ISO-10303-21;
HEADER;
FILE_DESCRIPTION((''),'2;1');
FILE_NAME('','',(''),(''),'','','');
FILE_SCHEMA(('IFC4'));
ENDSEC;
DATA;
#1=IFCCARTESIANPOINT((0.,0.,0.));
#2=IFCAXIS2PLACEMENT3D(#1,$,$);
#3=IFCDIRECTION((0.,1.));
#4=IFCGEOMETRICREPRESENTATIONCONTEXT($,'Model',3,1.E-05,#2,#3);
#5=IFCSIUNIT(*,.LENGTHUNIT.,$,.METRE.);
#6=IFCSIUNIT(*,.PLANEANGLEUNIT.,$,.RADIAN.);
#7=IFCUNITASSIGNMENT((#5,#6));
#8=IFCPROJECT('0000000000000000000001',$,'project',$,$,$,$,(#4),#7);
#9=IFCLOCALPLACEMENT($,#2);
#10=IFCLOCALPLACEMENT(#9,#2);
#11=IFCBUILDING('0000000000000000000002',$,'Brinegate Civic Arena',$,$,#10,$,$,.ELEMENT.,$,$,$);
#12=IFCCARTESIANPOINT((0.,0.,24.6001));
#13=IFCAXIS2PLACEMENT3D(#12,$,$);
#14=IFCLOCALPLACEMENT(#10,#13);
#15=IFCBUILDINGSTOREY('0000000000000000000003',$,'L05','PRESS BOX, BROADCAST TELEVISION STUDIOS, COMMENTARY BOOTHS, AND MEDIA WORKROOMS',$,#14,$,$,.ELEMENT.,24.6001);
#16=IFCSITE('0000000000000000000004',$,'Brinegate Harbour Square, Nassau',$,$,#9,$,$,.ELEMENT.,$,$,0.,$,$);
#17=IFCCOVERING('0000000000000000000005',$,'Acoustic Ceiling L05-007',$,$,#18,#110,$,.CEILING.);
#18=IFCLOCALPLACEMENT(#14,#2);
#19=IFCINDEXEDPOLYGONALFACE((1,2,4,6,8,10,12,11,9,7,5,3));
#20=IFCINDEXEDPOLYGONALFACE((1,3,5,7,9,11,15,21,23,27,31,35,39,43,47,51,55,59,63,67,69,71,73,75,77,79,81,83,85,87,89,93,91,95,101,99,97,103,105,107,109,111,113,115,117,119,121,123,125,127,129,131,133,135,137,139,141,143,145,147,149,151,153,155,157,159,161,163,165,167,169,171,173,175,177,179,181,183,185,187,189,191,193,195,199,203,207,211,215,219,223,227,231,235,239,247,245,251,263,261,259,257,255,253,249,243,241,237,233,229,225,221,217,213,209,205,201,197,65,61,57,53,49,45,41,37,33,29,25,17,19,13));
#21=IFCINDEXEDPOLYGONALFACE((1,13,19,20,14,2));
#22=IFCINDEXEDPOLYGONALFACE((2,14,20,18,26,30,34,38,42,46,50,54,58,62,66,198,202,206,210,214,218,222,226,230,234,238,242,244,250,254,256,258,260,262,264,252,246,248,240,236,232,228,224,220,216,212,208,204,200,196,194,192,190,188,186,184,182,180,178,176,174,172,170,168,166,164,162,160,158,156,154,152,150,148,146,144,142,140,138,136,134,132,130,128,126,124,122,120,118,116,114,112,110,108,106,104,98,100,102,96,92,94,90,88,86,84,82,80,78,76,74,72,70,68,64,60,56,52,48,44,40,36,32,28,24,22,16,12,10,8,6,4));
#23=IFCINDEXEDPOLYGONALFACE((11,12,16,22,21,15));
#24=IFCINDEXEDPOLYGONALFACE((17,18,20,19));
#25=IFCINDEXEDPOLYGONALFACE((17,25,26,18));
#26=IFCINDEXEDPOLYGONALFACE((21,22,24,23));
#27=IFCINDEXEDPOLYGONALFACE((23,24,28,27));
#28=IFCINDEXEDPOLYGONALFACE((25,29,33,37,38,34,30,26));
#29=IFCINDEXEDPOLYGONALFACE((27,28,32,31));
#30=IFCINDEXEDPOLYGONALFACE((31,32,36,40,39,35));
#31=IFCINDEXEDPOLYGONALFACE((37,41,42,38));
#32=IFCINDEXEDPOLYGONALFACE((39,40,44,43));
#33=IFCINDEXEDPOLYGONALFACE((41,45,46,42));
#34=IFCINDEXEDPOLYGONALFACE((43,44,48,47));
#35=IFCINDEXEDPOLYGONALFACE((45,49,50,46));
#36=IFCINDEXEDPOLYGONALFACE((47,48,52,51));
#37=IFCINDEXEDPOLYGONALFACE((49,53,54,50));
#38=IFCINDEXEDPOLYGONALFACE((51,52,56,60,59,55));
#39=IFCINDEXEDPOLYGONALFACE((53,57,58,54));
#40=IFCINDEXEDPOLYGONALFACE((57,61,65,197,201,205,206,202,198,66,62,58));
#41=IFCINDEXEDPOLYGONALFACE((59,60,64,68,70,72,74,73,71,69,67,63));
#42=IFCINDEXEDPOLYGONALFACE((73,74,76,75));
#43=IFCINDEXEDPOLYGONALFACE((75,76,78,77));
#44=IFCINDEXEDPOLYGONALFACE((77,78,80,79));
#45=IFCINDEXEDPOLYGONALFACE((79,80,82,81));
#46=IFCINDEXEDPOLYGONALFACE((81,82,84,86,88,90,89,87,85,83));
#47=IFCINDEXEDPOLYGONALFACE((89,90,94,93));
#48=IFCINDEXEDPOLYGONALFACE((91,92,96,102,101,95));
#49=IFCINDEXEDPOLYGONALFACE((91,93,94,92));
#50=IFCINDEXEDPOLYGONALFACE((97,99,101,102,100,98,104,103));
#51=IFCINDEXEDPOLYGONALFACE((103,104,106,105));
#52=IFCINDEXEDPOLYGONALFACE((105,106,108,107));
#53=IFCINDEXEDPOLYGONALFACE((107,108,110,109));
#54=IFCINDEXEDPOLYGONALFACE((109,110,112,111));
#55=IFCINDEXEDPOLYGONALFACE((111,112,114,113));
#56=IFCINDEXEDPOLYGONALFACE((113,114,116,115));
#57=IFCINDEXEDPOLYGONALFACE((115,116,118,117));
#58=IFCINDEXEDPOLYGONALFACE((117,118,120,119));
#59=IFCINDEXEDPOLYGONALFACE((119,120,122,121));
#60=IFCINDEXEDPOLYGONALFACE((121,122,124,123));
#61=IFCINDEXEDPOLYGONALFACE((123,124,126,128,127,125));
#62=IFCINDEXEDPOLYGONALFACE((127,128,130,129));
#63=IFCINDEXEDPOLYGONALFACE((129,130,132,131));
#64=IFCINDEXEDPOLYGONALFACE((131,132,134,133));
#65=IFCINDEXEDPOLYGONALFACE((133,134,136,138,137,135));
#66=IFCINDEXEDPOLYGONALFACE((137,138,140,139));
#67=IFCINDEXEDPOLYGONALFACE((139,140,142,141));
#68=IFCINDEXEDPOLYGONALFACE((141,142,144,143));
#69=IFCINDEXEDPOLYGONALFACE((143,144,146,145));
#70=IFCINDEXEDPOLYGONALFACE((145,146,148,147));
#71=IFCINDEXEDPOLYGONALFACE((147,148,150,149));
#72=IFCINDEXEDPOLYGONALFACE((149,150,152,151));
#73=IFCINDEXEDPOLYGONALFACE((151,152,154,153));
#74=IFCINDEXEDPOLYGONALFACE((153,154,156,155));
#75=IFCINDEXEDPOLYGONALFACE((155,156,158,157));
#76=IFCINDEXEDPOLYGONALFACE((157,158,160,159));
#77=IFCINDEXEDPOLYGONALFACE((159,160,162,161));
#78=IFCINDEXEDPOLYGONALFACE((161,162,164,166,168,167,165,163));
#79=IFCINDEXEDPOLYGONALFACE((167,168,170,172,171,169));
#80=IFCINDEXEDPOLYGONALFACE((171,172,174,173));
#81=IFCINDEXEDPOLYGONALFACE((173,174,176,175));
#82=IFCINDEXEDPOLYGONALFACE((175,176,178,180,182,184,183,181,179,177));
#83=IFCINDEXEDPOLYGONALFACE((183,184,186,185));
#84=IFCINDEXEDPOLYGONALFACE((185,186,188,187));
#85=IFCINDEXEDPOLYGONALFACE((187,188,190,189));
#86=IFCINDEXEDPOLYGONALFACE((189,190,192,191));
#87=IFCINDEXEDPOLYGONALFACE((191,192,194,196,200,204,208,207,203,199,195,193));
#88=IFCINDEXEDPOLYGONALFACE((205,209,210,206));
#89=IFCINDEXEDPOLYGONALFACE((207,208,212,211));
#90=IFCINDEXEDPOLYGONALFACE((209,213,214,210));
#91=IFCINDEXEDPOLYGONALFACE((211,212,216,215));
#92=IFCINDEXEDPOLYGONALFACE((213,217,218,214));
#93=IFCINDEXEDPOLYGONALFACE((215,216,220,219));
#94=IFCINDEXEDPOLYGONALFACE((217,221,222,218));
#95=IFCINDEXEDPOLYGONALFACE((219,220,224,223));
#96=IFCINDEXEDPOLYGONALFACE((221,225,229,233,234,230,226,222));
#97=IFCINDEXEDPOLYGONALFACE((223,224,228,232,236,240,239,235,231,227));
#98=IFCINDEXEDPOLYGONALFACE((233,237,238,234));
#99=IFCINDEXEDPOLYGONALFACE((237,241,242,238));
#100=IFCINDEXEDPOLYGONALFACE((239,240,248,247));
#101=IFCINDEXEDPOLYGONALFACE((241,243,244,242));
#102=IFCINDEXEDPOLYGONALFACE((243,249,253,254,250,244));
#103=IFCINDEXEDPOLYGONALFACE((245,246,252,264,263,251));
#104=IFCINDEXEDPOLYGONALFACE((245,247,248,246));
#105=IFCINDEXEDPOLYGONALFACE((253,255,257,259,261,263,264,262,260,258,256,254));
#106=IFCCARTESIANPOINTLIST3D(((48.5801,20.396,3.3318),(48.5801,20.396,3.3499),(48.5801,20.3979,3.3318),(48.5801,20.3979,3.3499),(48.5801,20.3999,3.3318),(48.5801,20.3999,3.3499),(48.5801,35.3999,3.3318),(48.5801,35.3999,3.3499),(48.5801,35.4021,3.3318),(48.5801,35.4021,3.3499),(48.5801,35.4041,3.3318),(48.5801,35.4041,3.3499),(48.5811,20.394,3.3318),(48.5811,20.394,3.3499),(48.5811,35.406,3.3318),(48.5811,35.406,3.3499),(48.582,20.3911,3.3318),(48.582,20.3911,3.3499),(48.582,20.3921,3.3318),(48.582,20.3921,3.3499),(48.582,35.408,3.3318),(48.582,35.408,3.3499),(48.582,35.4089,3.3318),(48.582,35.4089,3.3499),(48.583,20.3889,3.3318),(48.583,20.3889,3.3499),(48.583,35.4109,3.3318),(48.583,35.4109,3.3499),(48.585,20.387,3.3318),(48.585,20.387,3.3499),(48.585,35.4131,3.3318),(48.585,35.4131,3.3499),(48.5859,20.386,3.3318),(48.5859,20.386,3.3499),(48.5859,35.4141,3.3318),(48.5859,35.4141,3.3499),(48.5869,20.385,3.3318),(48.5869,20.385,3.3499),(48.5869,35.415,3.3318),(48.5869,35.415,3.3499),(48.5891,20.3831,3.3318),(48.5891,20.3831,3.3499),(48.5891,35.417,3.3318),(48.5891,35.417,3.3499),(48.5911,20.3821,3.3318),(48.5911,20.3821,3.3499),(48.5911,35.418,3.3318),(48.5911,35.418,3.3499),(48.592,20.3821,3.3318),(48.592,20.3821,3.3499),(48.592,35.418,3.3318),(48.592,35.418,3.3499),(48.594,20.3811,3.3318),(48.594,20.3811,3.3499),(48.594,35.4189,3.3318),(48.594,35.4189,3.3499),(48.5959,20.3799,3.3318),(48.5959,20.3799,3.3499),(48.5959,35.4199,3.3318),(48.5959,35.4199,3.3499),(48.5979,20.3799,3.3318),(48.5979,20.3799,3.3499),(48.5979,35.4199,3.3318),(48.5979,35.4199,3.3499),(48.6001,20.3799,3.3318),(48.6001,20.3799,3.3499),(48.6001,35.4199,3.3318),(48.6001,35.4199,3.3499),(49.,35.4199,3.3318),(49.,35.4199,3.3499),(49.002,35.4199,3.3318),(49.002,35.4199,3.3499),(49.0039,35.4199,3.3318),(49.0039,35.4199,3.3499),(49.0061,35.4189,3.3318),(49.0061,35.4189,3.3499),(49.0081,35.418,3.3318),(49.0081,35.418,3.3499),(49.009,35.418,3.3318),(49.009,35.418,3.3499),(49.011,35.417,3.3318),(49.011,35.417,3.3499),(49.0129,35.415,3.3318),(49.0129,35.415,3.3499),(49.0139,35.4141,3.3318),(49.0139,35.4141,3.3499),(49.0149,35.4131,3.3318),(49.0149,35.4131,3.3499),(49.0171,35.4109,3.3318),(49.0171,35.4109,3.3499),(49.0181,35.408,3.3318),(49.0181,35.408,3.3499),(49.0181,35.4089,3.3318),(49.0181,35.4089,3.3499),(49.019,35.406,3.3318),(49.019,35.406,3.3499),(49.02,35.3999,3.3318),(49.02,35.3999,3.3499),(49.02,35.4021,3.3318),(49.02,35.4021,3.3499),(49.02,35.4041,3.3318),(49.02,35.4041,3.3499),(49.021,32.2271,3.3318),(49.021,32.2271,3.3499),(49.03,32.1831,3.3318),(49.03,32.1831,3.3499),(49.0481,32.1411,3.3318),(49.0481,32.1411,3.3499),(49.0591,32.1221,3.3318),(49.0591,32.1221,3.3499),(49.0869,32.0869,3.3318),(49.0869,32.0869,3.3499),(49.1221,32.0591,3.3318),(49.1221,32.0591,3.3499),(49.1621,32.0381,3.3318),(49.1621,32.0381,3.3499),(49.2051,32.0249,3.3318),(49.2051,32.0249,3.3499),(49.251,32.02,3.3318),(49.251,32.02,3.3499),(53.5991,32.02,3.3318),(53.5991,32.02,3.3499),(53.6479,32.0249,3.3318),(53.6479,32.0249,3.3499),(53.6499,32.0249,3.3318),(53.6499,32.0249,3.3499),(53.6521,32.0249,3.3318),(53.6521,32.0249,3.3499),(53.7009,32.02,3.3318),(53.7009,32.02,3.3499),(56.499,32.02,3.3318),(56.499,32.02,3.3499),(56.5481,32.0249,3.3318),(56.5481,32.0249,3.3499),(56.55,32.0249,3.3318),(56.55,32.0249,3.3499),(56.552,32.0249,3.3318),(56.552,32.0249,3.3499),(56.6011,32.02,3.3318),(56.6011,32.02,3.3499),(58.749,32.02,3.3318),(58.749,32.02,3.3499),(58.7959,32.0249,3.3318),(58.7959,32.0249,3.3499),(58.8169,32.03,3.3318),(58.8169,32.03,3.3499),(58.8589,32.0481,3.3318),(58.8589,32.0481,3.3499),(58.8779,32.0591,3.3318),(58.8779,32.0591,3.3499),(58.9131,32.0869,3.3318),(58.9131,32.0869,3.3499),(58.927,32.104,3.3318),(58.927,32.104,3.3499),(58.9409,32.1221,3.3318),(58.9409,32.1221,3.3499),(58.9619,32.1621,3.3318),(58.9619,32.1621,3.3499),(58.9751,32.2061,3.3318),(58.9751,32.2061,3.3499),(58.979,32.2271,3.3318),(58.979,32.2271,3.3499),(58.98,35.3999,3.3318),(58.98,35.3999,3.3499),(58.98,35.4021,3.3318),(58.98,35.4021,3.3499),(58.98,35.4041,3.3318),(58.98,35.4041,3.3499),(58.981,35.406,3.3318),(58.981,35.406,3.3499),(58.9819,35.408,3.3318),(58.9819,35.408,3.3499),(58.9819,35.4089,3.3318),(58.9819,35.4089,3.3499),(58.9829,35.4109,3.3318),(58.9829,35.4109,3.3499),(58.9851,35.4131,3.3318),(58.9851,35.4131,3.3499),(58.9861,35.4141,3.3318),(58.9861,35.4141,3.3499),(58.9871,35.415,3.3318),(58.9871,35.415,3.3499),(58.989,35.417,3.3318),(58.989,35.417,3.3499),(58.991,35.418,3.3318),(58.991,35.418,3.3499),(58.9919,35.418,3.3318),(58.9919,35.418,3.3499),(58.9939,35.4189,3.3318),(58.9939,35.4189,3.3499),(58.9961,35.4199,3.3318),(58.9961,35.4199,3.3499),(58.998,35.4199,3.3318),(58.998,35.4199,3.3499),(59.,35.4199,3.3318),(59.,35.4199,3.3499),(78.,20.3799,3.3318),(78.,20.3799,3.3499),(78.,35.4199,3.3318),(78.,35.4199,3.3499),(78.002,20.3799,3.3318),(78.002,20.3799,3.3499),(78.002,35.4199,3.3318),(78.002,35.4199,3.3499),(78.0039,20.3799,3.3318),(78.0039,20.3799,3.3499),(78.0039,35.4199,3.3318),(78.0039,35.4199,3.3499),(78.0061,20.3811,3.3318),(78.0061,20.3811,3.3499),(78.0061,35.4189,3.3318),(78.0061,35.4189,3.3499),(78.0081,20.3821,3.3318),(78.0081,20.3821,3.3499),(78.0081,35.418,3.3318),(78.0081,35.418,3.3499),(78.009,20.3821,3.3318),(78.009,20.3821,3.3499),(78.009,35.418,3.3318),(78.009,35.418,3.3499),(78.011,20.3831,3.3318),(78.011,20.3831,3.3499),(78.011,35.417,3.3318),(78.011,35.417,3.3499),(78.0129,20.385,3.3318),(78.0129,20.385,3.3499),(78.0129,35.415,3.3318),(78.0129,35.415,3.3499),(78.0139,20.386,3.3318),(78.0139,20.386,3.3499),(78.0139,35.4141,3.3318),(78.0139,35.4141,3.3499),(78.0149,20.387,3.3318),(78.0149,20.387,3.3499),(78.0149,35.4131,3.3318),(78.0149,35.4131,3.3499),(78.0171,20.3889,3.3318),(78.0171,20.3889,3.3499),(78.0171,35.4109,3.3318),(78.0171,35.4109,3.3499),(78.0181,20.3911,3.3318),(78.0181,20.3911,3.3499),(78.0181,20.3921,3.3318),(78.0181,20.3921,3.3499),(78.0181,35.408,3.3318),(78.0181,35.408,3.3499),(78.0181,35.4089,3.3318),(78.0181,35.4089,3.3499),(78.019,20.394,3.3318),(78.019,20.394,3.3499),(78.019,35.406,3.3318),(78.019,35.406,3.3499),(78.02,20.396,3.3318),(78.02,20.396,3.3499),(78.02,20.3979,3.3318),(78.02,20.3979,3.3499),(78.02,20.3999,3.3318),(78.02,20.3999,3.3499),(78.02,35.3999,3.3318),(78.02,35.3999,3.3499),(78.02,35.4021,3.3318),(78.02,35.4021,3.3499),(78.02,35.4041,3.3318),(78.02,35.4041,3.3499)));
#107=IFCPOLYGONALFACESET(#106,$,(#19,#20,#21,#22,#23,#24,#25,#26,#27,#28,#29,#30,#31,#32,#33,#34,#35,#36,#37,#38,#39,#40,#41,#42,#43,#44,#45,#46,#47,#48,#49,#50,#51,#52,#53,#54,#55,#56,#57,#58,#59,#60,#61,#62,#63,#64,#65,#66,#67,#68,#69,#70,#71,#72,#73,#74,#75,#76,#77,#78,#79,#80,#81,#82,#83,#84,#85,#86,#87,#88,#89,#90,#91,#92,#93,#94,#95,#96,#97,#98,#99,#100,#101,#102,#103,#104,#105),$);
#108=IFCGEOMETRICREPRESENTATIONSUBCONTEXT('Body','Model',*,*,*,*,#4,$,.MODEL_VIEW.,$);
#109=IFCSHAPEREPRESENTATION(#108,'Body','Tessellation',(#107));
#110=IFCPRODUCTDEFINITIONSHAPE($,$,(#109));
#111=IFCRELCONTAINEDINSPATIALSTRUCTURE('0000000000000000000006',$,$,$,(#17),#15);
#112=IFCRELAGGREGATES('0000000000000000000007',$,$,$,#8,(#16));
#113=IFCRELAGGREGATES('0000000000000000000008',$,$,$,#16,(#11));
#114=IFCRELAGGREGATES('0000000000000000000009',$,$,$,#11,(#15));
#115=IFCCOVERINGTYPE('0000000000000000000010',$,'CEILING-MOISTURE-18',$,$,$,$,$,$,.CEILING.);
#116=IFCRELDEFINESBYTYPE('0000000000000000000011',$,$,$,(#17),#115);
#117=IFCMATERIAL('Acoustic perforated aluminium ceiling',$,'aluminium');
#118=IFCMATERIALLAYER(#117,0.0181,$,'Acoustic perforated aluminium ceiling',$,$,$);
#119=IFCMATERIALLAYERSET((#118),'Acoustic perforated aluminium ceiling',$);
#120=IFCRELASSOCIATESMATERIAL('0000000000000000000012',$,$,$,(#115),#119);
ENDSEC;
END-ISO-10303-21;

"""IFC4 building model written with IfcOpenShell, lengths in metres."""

from ifc_helpers import new_model, si_unit, direction, frame, origin, place, context, subcontext, project, spatial, polyline, outline, extrude, material, layer, layer_set, type_object, element, save


model = new_model("IFC4")

# Units and contexts
model_context = context("Model", 3, precision=1e-05, world=origin(), true_north=direction((0.0, 1.0)))
body_context = subcontext(model_context, "Body", "Model", "MODEL_VIEW")
ifc_project = project(units=[si_unit("LENGTHUNIT", "METRE"), si_unit("PLANEANGLEUNIT", "RADIAN")], contexts=[model_context])

# Site, building, storey
site_placement = place(None, origin())
site = spatial("IfcSite", under=ifc_project, at=site_placement, Name="Brinegate Harbour Square, Nassau", CompositionType="ELEMENT", RefElevation=0.0)
building_placement = place(site_placement, origin())
building = spatial("IfcBuilding", under=site, at=building_placement, Name="Brinegate Civic Arena", CompositionType="ELEMENT")
storey_placement = place(building_placement, frame((0.0, 0.0, 24.6001)))
storey = spatial("IfcBuildingStorey", under=building, at=storey_placement, Name="L05", Description="PRESS BOX, BROADCAST TELEVISION STUDIOS, COMMENTARY BOOTHS, AND MEDIA WORKROOMS", CompositionType="ELEMENT", Elevation=24.6001)

# Covering
ifc_material_1 = material(Name="Acoustic perforated aluminium ceiling", Category="aluminium")
ifc_layer_1 = layer(ifc_material_1, 0.0181, Name="Acoustic perforated aluminium ceiling")
ifc_layer_set_1 = layer_set([ifc_layer_1], Name="Acoustic perforated aluminium ceiling")
covering_type_1 = type_object("IfcCoveringType", Name="CEILING-MOISTURE-18", PredefinedType="CEILING", material=ifc_layer_set_1)
covering_1_placement = place(storey_placement, frame((0.0, 0.0, 3.3318)))
element("IfcCovering", 1, at=covering_1_placement, inside=storey, type_object=covering_type_1, Name="Acoustic Ceiling L05-007", PredefinedType="CEILING", context=body_context, shape_type="SweptSolid", body=[
    extrude(outline(polyline([(49.0039, 35.4199), (49.0061, 35.4189), (49.0081, 35.418), (49.009, 35.418), (49.011, 35.417), (49.0129, 35.415), (49.0139, 35.4141), (49.0149, 35.4131), (49.0171, 35.4109), (49.0181, 35.4089), (49.0181, 35.408), (49.019, 35.406), (49.02, 35.4041), (49.02, 35.4021), (49.02, 35.3999), (49.021, 32.2271), (49.03, 32.1831), (49.0481, 32.1411), (49.0591, 32.1221), (49.0869, 32.0869), (49.1221, 32.0591), (49.1621, 32.0381), (49.2051, 32.0249), (49.251, 32.02), (53.5991, 32.02), (53.6479, 32.0249), (53.6499, 32.0249), (53.6521, 32.0249), (53.7009, 32.02), (56.499, 32.02), (56.5481, 32.0249), (56.55, 32.0249), (56.552, 32.0249), (56.6011, 32.02), (58.749, 32.02), (58.7959, 32.0249), (58.8169, 32.03), (58.8589, 32.0481), (58.8779, 32.0591), (58.9131, 32.0869), (58.927, 32.104), (58.9409, 32.1221), (58.9619, 32.1621), (58.9751, 32.2061), (58.979, 32.2271), (58.98, 35.3999), (58.98, 35.4021), (58.98, 35.4041), (58.981, 35.406), (58.9819, 35.408), (58.9819, 35.4089), (58.9829, 35.4109), (58.9851, 35.4131), (58.9861, 35.4141), (58.9871, 35.415), (58.989, 35.417), (58.991, 35.418), (58.9919, 35.418), (58.9939, 35.4189), (58.9961, 35.4199), (58.998, 35.4199), (59.0, 35.4199), (78.0, 35.4199), (78.002, 35.4199), (78.0039, 35.4199), (78.0061, 35.4189), (78.0081, 35.418), (78.009, 35.418), (78.011, 35.417), (78.0129, 35.415), (78.0139, 35.4141), (78.0149, 35.4131), (78.0171, 35.4109), (78.0181, 35.4089), (78.0181, 35.408), (78.019, 35.406), (78.02, 35.4041), (78.02, 35.4021), (78.02, 35.3999), (78.02, 20.3999), (78.02, 20.3979), (78.02, 20.396), (78.019, 20.394), (78.0181, 20.3921), (78.0181, 20.3911), (78.0171, 20.3889), (78.0149, 20.387), (78.0139, 20.386), (78.0129, 20.385), (78.011, 20.3831), (78.009, 20.3821), (78.0081, 20.3821), (78.0061, 20.3811), (78.0039, 20.3799), (78.002, 20.3799), (78.0, 20.3799), (48.6001, 20.3799), (48.5979, 20.3799), (48.5959, 20.3799), (48.594, 20.3811), (48.592, 20.3821), (48.5911, 20.3821), (48.5891, 20.3831), (48.5869, 20.385), (48.5859, 20.386), (48.585, 20.387), (48.583, 20.3889), (48.582, 20.3911), (48.582, 20.3921), (48.5811, 20.394), (48.5801, 20.396), (48.5801, 20.3979), (48.5801, 20.3999), (48.5801, 35.3999), (48.5801, 35.4021), (48.5801, 35.4041), (48.5811, 35.406), (48.582, 35.408), (48.582, 35.4089), (48.583, 35.4109), (48.585, 35.4131), (48.5859, 35.4141), (48.5869, 35.415), (48.5891, 35.417), (48.5911, 35.418), (48.592, 35.418), (48.594, 35.4189), (48.5959, 35.4199), (48.5979, 35.4199), (48.6001, 35.4199), (49.0, 35.4199), (49.002, 35.4199), (49.0039, 35.4199)])), origin(), (0.0, 0.0, 1.0), 0.0181),
])

save(model, "model.ifc")
